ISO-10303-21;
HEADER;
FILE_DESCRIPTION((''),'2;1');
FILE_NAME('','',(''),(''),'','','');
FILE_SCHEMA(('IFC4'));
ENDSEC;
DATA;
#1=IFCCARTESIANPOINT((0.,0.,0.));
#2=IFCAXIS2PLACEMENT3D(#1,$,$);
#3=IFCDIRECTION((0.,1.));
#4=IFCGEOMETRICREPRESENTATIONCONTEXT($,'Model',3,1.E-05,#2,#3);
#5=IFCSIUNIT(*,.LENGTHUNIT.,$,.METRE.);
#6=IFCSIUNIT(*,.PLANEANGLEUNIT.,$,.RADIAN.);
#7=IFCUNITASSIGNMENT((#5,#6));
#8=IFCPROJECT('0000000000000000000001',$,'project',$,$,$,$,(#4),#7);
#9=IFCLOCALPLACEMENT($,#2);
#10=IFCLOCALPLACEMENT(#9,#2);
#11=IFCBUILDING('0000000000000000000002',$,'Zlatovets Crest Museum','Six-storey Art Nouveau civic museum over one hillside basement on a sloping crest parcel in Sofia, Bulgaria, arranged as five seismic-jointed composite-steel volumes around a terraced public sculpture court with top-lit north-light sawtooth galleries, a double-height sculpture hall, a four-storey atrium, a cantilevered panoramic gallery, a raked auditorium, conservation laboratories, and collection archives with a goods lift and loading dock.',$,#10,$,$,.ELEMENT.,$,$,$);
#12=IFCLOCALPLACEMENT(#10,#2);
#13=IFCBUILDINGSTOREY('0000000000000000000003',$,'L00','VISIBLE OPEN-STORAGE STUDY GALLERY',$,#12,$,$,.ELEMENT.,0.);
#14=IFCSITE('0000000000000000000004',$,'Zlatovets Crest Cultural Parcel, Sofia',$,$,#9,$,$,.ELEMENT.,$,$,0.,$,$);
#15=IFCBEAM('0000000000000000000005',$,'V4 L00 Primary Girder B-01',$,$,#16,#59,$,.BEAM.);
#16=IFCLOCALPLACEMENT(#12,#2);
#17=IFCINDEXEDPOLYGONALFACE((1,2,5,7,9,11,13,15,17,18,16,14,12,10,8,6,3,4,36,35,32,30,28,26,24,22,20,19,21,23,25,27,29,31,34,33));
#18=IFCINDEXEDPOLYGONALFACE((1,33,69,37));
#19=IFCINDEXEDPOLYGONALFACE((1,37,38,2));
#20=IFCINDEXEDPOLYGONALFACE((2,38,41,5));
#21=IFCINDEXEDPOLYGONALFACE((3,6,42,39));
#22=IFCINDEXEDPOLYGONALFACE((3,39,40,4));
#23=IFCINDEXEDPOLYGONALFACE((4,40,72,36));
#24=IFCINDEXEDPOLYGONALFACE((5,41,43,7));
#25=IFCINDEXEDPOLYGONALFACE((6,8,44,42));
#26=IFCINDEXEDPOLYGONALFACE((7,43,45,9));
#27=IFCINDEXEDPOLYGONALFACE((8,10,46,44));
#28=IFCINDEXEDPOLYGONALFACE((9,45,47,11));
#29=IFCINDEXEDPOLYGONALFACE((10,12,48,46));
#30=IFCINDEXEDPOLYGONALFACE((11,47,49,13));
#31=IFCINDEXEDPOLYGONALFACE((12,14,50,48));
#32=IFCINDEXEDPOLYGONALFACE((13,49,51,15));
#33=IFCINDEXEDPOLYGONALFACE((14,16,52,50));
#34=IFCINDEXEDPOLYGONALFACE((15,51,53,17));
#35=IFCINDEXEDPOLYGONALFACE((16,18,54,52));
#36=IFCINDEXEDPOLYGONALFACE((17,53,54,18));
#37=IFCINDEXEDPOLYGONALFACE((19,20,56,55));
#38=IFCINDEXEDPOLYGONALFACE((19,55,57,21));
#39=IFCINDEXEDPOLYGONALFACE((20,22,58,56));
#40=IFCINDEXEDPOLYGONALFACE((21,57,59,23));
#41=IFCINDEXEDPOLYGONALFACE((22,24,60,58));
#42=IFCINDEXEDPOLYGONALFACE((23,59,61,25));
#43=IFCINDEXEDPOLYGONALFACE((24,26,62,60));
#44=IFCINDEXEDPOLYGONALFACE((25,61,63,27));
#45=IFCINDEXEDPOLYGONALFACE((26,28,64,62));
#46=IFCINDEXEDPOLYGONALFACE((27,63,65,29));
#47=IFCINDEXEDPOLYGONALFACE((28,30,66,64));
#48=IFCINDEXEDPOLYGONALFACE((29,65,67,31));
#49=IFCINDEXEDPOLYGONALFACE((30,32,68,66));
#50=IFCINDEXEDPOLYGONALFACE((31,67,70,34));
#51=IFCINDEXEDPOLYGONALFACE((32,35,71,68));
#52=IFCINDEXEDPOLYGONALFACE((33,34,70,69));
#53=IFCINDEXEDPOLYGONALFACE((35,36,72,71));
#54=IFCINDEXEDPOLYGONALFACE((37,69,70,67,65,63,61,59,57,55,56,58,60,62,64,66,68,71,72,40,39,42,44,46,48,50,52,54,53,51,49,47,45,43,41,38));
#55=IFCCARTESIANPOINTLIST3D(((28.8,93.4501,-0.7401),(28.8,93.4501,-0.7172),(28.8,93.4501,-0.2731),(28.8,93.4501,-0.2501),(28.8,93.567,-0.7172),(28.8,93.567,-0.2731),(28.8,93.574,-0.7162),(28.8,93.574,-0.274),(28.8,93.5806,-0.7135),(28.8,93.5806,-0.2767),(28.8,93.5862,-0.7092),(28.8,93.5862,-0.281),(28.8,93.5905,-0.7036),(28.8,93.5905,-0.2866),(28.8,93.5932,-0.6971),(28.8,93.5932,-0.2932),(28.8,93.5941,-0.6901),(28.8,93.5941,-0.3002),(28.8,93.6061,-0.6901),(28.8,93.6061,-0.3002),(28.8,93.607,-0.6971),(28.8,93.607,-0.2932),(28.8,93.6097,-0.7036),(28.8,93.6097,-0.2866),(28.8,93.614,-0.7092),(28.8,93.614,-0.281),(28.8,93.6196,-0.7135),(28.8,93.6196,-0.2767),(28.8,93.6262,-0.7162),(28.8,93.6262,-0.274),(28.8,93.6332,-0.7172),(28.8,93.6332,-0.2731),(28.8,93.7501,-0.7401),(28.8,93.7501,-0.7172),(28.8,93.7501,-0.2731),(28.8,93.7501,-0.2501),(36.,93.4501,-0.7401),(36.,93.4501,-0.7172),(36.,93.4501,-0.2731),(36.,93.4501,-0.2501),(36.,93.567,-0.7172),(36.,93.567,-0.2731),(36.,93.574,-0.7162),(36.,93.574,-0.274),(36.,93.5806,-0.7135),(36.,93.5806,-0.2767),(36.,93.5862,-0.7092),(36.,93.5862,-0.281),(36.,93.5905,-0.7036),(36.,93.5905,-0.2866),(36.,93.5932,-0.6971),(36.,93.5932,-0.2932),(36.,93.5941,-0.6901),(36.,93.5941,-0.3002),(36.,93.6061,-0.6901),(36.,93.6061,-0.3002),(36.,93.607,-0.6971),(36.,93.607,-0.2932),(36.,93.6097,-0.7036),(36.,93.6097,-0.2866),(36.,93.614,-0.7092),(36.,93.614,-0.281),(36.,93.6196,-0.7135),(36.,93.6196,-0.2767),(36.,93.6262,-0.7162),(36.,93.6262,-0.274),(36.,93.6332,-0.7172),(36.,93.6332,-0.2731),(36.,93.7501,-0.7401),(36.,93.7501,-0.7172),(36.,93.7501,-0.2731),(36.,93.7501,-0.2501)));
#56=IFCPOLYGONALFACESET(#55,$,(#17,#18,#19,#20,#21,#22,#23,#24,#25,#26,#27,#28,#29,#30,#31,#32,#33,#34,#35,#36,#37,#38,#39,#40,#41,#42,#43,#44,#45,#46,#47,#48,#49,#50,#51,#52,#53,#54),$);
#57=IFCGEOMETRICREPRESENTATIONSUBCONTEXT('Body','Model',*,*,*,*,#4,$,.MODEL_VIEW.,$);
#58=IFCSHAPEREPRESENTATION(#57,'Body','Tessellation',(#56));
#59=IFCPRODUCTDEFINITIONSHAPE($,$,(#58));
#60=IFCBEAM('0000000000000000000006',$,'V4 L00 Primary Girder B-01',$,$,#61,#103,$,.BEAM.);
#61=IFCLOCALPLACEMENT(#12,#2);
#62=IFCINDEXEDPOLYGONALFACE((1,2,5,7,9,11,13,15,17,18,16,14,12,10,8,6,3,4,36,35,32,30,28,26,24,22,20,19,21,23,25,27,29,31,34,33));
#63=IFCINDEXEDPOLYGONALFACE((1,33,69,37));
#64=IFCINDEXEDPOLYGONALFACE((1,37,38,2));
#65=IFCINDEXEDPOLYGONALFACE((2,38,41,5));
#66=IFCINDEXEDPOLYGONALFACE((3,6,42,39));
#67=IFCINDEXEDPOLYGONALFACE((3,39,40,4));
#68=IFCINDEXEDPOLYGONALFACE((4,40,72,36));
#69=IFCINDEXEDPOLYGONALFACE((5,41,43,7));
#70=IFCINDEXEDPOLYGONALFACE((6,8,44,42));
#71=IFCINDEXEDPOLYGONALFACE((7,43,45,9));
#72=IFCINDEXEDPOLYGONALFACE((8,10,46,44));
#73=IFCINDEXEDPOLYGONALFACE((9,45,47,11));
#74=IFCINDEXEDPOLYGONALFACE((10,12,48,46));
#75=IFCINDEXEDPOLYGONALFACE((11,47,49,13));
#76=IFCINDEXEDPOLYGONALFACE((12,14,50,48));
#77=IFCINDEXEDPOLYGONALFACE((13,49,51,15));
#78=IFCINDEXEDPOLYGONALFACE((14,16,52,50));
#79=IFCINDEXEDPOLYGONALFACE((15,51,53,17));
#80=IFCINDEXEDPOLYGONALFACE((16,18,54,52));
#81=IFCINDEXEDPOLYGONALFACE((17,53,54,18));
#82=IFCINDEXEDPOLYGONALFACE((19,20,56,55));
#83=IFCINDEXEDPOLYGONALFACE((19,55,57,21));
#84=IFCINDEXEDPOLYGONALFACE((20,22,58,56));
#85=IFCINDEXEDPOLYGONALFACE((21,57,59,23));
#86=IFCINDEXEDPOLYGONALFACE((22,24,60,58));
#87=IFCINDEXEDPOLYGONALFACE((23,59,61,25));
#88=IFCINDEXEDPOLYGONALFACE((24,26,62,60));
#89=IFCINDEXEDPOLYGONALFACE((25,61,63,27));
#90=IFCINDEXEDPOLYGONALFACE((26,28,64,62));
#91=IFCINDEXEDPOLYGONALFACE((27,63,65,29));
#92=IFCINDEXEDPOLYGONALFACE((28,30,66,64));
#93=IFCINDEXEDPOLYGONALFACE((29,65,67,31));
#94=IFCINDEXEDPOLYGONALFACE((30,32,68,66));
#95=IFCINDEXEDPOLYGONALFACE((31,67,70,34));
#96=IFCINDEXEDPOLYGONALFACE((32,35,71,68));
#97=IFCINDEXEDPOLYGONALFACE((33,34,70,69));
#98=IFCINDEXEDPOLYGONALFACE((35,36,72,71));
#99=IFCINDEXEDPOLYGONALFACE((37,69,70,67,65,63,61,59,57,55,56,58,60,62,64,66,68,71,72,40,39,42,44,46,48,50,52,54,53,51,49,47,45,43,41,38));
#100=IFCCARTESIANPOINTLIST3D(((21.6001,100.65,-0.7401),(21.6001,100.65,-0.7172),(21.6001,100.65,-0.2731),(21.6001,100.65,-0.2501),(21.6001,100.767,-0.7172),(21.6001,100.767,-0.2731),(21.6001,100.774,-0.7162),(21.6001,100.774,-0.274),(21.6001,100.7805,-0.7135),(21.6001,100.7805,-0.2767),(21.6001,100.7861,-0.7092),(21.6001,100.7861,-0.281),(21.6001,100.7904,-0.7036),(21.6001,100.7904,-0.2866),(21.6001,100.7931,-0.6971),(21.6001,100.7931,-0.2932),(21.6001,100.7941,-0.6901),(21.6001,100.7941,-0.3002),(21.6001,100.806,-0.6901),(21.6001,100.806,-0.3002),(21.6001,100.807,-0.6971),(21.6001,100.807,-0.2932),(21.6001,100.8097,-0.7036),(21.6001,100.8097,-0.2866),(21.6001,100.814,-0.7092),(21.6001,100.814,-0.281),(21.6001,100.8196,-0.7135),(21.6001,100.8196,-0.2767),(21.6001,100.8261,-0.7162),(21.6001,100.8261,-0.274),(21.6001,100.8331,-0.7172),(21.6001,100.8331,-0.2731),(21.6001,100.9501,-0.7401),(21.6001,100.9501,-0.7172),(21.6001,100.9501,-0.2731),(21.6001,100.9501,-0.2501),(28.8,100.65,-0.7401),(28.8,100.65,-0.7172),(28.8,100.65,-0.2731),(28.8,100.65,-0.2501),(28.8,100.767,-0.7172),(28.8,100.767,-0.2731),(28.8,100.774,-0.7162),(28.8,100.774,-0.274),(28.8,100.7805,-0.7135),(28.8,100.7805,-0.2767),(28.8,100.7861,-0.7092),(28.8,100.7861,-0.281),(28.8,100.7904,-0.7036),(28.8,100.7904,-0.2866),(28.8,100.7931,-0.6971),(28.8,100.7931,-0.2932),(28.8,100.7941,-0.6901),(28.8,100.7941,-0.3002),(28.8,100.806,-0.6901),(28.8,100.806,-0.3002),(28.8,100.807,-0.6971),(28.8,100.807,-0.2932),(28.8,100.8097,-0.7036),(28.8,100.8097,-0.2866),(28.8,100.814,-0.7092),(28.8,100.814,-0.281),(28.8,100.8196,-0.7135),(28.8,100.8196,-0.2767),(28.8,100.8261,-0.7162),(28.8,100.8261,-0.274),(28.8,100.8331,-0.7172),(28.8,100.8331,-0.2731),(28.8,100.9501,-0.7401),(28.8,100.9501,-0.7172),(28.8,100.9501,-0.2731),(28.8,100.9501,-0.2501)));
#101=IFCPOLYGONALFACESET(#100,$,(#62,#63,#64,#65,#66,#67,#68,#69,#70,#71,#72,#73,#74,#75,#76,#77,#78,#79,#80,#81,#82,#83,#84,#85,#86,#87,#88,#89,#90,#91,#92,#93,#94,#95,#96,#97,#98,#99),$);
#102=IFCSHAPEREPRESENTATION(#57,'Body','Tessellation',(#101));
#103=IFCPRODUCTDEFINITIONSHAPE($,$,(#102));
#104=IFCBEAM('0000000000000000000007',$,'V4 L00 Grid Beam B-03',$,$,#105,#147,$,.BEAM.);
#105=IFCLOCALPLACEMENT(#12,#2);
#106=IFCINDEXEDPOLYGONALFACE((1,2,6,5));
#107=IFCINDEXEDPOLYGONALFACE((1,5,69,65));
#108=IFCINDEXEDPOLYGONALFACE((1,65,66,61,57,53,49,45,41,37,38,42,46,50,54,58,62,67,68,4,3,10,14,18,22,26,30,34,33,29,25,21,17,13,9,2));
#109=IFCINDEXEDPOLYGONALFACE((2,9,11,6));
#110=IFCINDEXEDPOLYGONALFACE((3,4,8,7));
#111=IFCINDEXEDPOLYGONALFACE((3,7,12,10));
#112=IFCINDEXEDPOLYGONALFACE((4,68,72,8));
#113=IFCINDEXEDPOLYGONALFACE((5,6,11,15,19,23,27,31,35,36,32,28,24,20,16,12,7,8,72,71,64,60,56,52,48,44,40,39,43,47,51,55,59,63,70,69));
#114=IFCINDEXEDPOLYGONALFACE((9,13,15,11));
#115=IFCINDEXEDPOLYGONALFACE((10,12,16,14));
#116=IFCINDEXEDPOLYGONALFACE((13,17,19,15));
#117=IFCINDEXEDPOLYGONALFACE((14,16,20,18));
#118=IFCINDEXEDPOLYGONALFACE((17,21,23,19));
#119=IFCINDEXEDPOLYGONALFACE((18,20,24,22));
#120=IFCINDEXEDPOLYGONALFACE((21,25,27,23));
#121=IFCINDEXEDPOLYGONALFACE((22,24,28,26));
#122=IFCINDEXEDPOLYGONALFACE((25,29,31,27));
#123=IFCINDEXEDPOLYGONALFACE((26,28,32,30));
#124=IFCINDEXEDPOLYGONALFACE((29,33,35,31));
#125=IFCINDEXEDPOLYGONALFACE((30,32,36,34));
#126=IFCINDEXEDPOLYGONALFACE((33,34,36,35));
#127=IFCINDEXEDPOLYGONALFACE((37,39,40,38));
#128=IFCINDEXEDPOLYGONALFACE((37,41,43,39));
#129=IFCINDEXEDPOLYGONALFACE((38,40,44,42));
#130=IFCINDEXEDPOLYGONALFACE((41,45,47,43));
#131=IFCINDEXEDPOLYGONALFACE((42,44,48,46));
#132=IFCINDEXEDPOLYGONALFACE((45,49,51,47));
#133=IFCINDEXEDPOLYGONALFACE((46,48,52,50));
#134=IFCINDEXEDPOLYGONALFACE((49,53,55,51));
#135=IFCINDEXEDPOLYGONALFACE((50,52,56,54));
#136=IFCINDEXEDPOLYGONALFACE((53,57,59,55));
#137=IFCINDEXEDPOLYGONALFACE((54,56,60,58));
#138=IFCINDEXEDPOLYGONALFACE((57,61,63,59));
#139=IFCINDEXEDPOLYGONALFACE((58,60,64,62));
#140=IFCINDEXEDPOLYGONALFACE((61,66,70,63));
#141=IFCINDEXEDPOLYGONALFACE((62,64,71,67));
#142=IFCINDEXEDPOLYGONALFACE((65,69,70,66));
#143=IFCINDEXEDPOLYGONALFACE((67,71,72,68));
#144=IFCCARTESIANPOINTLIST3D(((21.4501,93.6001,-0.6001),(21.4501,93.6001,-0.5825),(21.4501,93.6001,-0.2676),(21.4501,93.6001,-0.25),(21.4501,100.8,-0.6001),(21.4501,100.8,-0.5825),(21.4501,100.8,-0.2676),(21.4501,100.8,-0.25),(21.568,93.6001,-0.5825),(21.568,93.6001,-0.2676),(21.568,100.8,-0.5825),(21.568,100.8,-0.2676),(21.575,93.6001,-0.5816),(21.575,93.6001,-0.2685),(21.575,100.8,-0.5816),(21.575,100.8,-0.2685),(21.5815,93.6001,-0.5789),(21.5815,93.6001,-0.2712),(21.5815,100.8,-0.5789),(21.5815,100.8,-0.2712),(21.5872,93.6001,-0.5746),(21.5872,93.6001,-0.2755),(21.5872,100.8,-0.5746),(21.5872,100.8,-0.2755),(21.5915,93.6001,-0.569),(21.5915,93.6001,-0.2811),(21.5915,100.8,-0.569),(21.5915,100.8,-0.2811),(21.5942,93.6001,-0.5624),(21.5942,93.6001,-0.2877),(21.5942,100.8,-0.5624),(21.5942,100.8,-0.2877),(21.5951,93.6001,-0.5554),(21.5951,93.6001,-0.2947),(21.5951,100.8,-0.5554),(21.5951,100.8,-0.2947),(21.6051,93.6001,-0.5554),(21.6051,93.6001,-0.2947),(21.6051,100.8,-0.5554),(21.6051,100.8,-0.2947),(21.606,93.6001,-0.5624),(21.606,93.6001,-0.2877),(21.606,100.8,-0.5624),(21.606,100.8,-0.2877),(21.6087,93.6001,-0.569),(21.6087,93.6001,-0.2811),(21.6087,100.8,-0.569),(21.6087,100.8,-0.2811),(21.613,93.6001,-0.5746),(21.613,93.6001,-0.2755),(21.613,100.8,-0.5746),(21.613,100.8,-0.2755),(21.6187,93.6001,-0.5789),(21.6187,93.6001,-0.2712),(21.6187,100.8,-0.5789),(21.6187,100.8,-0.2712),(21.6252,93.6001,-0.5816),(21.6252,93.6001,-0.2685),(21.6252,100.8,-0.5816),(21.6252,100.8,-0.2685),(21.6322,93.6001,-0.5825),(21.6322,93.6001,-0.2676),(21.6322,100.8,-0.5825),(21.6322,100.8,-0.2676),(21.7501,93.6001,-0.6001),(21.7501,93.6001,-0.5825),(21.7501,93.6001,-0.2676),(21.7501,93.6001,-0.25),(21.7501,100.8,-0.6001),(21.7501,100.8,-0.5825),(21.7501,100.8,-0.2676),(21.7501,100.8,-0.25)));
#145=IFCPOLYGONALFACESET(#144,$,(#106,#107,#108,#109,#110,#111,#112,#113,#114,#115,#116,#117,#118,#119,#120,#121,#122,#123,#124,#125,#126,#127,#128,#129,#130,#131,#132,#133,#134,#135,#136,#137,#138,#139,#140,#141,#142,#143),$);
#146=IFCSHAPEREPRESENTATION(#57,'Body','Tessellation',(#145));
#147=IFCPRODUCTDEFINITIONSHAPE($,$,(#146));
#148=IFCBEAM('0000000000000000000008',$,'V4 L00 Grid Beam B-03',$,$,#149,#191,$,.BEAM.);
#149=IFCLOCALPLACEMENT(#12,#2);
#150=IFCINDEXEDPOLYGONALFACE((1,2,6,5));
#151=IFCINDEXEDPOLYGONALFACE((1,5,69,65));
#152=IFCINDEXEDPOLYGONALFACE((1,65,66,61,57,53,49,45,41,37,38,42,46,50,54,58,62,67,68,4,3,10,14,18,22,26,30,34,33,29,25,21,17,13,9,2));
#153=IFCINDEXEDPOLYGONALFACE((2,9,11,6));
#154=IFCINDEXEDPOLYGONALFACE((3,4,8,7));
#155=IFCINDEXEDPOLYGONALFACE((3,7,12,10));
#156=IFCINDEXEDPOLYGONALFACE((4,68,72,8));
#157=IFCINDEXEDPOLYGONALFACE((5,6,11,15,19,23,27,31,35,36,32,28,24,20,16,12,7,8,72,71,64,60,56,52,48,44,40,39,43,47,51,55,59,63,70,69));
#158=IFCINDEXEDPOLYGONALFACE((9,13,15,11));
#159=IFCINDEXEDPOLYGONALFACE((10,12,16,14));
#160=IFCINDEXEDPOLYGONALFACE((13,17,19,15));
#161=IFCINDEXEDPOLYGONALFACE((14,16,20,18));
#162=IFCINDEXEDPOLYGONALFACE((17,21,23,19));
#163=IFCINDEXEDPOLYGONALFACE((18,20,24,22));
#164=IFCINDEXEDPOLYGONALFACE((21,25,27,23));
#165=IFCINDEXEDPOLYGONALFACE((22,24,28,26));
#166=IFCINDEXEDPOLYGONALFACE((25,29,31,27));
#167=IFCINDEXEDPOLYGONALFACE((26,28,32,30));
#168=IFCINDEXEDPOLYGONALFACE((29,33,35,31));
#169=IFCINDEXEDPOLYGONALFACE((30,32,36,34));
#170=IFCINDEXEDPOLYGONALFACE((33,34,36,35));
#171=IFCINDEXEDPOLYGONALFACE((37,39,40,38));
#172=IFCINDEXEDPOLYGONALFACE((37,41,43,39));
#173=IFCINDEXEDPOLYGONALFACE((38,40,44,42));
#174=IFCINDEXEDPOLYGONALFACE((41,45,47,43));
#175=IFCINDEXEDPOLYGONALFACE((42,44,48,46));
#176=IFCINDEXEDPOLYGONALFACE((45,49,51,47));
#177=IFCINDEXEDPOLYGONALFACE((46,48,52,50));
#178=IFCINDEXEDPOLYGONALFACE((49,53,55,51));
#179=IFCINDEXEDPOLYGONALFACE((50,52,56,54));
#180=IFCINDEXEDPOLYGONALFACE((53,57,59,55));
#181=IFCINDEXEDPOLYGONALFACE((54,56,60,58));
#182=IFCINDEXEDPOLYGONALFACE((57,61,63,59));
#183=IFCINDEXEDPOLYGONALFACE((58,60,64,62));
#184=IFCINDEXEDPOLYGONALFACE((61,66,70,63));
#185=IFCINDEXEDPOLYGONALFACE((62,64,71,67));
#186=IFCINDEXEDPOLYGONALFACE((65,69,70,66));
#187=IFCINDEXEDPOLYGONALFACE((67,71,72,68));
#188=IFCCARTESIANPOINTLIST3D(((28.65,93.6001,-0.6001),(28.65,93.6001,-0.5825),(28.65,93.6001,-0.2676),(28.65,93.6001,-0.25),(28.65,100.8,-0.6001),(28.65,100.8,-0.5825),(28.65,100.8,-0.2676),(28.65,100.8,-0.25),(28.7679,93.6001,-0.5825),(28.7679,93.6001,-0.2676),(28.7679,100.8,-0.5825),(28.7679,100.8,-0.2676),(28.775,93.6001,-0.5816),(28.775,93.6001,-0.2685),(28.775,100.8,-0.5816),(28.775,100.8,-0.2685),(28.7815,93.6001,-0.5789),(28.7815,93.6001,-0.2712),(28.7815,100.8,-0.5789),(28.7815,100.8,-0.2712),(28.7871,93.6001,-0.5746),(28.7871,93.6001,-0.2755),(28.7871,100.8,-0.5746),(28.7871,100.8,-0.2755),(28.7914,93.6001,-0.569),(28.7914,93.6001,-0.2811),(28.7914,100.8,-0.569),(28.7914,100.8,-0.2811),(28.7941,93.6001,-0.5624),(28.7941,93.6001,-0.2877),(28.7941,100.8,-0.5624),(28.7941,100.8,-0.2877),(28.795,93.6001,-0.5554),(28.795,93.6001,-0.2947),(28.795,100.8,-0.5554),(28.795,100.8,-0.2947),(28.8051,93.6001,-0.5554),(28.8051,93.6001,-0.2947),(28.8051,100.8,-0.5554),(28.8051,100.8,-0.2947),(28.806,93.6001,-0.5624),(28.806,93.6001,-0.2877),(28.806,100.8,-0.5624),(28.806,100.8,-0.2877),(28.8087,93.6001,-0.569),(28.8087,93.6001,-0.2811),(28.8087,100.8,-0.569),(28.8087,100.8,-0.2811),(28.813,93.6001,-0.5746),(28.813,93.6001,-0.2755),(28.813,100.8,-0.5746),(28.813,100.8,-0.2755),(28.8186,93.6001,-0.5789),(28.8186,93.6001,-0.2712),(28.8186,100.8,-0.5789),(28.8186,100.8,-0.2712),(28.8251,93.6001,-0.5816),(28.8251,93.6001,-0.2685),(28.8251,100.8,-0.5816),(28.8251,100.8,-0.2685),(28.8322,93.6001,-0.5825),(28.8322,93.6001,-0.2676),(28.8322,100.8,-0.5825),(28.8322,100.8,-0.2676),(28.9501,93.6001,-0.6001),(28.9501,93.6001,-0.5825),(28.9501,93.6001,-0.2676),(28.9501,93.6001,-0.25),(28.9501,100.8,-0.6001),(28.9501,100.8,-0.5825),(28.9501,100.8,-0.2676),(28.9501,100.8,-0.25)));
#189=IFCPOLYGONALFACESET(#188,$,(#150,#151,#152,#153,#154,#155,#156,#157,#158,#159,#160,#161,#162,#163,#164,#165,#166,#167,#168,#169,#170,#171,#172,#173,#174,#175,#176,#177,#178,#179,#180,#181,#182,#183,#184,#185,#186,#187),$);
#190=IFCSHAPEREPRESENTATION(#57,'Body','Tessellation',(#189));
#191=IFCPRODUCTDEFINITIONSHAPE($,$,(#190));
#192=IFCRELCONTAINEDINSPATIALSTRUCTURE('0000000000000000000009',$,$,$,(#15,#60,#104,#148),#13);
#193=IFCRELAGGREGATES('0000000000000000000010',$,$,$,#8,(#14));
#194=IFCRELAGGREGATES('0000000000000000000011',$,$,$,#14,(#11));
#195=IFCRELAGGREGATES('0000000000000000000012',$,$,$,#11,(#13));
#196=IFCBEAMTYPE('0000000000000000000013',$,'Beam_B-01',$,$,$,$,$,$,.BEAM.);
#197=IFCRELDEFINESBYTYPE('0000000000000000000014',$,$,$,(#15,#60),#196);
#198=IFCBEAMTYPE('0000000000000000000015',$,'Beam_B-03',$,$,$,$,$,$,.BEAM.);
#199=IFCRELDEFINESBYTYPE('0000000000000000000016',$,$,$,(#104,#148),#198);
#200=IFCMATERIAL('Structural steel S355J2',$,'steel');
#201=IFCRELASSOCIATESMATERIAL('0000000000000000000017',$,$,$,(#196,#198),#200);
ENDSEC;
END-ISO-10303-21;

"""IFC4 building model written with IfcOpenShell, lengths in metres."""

from ifc_helpers import new_model, si_unit, direction, frame, origin, origin_2d, place, context, subcontext, project, spatial, i_section, extrude, material, material_profile, profile_set, type_object, element, save


model = new_model("IFC4")

# Units and contexts
model_context = context("Model", 3, precision=1e-05, world=origin(), true_north=direction((0.0, 1.0)))
body_context = subcontext(model_context, "Body", "Model", "MODEL_VIEW")
ifc_project = project(units=[si_unit("LENGTHUNIT", "METRE"), si_unit("PLANEANGLEUNIT", "RADIAN")], contexts=[model_context])

# Site, building, storey
site_placement = place(None, origin())
site = spatial("IfcSite", under=ifc_project, at=site_placement, Name="Zlatovets Crest Cultural Parcel, Sofia", CompositionType="ELEMENT", RefElevation=0.0)
building_placement = place(site_placement, origin())
building = spatial("IfcBuilding", under=site, at=building_placement, Name="Zlatovets Crest Museum", Description="Six-storey Art Nouveau civic museum over one hillside basement on a sloping crest parcel in Sofia, Bulgaria, arranged as five seismic-jointed composite-steel volumes around a terraced public sculpture court with top-lit north-light sawtooth galleries, a double-height sculpture hall, a four-storey atrium, a cantilevered panoramic gallery, a raked auditorium, conservation laboratories, and collection archives with a goods lift and loading dock.", CompositionType="ELEMENT")
storey_placement = place(building_placement, origin())
storey = spatial("IfcBuildingStorey", under=building, at=storey_placement, Name="L00", Description="VISIBLE OPEN-STORAGE STUDY GALLERY", CompositionType="ELEMENT", Elevation=0.0)

# Shared definitions
ifc_material_1 = material(Name="Structural steel S355J2", Category="steel")

# Beams
ifc_material_profile_1 = material_profile(ifc_material_1, i_section(OverallWidth=0.3, OverallDepth=0.49, WebThickness=0.012, FlangeThickness=0.0229, FilletRadius=0.0271, at=origin_2d()), Name="HEA 500")
ifc_profile_set_1 = profile_set([ifc_material_profile_1], Name="Structural steel S355J2")
beam_type_1 = type_object("IfcBeamType", Name="Beam_B-01", PredefinedType="BEAM", material=ifc_profile_set_1)
for number, where, z_axis, x_axis, name in (
    (1, (28.8, 93.6001, -0.4951), (1.0, 0.0, 0.0), (0.0, 1.0, 0.0), "V4 L00 Primary Girder B-01"),
    (2, (21.6001, 100.8, -0.4951), (1.0, 0.0, 0.0), (0.0, 1.0, 0.0), "V4 L00 Primary Girder B-01"),
):
    element("IfcBeam", number, at=place(storey_placement, frame(where, z_axis=z_axis, x_axis=x_axis)), inside=storey, type_object=beam_type_1, Name=name, PredefinedType="BEAM", context=body_context, shape_type="SweptSolid", body=[
        extrude(i_section(OverallWidth=0.3, OverallDepth=0.49, WebThickness=0.012, FlangeThickness=0.0229, FilletRadius=0.0271, at=origin_2d()), origin(), (0.0, 0.0, 1.0), 7.2),
    ])
ifc_material_profile_2 = material_profile(ifc_material_1, i_section(OverallWidth=0.3, OverallDepth=0.3501, WebThickness=0.01, FlangeThickness=0.0176, FilletRadius=0.0271, at=origin_2d()), Name="HEA 360")
ifc_profile_set_2 = profile_set([ifc_material_profile_2], Name="Structural steel S355J2")
beam_type_2 = type_object("IfcBeamType", Name="Beam_B-03", PredefinedType="BEAM", material=ifc_profile_set_2)
for number, where, z_axis, x_axis, name in (
    (3, (21.6001, 93.6001, -0.425), (0.0, 1.0, 0.0), (-1.0, 0.0, 0.0), "V4 L00 Grid Beam B-03"),
    (4, (28.8, 93.6001, -0.425), (0.0, 1.0, 0.0), (-1.0, 0.0, 0.0), "V4 L00 Grid Beam B-03"),
):
    element("IfcBeam", number, at=place(storey_placement, frame(where, z_axis=z_axis, x_axis=x_axis)), inside=storey, type_object=beam_type_2, Name=name, PredefinedType="BEAM", context=body_context, shape_type="SweptSolid", body=[
        extrude(i_section(OverallWidth=0.3, OverallDepth=0.3501, WebThickness=0.01, FlangeThickness=0.0176, FilletRadius=0.0271, at=origin_2d()), origin(), (0.0, 0.0, 1.0), 7.2),
    ])

save(model, "model.ifc")
